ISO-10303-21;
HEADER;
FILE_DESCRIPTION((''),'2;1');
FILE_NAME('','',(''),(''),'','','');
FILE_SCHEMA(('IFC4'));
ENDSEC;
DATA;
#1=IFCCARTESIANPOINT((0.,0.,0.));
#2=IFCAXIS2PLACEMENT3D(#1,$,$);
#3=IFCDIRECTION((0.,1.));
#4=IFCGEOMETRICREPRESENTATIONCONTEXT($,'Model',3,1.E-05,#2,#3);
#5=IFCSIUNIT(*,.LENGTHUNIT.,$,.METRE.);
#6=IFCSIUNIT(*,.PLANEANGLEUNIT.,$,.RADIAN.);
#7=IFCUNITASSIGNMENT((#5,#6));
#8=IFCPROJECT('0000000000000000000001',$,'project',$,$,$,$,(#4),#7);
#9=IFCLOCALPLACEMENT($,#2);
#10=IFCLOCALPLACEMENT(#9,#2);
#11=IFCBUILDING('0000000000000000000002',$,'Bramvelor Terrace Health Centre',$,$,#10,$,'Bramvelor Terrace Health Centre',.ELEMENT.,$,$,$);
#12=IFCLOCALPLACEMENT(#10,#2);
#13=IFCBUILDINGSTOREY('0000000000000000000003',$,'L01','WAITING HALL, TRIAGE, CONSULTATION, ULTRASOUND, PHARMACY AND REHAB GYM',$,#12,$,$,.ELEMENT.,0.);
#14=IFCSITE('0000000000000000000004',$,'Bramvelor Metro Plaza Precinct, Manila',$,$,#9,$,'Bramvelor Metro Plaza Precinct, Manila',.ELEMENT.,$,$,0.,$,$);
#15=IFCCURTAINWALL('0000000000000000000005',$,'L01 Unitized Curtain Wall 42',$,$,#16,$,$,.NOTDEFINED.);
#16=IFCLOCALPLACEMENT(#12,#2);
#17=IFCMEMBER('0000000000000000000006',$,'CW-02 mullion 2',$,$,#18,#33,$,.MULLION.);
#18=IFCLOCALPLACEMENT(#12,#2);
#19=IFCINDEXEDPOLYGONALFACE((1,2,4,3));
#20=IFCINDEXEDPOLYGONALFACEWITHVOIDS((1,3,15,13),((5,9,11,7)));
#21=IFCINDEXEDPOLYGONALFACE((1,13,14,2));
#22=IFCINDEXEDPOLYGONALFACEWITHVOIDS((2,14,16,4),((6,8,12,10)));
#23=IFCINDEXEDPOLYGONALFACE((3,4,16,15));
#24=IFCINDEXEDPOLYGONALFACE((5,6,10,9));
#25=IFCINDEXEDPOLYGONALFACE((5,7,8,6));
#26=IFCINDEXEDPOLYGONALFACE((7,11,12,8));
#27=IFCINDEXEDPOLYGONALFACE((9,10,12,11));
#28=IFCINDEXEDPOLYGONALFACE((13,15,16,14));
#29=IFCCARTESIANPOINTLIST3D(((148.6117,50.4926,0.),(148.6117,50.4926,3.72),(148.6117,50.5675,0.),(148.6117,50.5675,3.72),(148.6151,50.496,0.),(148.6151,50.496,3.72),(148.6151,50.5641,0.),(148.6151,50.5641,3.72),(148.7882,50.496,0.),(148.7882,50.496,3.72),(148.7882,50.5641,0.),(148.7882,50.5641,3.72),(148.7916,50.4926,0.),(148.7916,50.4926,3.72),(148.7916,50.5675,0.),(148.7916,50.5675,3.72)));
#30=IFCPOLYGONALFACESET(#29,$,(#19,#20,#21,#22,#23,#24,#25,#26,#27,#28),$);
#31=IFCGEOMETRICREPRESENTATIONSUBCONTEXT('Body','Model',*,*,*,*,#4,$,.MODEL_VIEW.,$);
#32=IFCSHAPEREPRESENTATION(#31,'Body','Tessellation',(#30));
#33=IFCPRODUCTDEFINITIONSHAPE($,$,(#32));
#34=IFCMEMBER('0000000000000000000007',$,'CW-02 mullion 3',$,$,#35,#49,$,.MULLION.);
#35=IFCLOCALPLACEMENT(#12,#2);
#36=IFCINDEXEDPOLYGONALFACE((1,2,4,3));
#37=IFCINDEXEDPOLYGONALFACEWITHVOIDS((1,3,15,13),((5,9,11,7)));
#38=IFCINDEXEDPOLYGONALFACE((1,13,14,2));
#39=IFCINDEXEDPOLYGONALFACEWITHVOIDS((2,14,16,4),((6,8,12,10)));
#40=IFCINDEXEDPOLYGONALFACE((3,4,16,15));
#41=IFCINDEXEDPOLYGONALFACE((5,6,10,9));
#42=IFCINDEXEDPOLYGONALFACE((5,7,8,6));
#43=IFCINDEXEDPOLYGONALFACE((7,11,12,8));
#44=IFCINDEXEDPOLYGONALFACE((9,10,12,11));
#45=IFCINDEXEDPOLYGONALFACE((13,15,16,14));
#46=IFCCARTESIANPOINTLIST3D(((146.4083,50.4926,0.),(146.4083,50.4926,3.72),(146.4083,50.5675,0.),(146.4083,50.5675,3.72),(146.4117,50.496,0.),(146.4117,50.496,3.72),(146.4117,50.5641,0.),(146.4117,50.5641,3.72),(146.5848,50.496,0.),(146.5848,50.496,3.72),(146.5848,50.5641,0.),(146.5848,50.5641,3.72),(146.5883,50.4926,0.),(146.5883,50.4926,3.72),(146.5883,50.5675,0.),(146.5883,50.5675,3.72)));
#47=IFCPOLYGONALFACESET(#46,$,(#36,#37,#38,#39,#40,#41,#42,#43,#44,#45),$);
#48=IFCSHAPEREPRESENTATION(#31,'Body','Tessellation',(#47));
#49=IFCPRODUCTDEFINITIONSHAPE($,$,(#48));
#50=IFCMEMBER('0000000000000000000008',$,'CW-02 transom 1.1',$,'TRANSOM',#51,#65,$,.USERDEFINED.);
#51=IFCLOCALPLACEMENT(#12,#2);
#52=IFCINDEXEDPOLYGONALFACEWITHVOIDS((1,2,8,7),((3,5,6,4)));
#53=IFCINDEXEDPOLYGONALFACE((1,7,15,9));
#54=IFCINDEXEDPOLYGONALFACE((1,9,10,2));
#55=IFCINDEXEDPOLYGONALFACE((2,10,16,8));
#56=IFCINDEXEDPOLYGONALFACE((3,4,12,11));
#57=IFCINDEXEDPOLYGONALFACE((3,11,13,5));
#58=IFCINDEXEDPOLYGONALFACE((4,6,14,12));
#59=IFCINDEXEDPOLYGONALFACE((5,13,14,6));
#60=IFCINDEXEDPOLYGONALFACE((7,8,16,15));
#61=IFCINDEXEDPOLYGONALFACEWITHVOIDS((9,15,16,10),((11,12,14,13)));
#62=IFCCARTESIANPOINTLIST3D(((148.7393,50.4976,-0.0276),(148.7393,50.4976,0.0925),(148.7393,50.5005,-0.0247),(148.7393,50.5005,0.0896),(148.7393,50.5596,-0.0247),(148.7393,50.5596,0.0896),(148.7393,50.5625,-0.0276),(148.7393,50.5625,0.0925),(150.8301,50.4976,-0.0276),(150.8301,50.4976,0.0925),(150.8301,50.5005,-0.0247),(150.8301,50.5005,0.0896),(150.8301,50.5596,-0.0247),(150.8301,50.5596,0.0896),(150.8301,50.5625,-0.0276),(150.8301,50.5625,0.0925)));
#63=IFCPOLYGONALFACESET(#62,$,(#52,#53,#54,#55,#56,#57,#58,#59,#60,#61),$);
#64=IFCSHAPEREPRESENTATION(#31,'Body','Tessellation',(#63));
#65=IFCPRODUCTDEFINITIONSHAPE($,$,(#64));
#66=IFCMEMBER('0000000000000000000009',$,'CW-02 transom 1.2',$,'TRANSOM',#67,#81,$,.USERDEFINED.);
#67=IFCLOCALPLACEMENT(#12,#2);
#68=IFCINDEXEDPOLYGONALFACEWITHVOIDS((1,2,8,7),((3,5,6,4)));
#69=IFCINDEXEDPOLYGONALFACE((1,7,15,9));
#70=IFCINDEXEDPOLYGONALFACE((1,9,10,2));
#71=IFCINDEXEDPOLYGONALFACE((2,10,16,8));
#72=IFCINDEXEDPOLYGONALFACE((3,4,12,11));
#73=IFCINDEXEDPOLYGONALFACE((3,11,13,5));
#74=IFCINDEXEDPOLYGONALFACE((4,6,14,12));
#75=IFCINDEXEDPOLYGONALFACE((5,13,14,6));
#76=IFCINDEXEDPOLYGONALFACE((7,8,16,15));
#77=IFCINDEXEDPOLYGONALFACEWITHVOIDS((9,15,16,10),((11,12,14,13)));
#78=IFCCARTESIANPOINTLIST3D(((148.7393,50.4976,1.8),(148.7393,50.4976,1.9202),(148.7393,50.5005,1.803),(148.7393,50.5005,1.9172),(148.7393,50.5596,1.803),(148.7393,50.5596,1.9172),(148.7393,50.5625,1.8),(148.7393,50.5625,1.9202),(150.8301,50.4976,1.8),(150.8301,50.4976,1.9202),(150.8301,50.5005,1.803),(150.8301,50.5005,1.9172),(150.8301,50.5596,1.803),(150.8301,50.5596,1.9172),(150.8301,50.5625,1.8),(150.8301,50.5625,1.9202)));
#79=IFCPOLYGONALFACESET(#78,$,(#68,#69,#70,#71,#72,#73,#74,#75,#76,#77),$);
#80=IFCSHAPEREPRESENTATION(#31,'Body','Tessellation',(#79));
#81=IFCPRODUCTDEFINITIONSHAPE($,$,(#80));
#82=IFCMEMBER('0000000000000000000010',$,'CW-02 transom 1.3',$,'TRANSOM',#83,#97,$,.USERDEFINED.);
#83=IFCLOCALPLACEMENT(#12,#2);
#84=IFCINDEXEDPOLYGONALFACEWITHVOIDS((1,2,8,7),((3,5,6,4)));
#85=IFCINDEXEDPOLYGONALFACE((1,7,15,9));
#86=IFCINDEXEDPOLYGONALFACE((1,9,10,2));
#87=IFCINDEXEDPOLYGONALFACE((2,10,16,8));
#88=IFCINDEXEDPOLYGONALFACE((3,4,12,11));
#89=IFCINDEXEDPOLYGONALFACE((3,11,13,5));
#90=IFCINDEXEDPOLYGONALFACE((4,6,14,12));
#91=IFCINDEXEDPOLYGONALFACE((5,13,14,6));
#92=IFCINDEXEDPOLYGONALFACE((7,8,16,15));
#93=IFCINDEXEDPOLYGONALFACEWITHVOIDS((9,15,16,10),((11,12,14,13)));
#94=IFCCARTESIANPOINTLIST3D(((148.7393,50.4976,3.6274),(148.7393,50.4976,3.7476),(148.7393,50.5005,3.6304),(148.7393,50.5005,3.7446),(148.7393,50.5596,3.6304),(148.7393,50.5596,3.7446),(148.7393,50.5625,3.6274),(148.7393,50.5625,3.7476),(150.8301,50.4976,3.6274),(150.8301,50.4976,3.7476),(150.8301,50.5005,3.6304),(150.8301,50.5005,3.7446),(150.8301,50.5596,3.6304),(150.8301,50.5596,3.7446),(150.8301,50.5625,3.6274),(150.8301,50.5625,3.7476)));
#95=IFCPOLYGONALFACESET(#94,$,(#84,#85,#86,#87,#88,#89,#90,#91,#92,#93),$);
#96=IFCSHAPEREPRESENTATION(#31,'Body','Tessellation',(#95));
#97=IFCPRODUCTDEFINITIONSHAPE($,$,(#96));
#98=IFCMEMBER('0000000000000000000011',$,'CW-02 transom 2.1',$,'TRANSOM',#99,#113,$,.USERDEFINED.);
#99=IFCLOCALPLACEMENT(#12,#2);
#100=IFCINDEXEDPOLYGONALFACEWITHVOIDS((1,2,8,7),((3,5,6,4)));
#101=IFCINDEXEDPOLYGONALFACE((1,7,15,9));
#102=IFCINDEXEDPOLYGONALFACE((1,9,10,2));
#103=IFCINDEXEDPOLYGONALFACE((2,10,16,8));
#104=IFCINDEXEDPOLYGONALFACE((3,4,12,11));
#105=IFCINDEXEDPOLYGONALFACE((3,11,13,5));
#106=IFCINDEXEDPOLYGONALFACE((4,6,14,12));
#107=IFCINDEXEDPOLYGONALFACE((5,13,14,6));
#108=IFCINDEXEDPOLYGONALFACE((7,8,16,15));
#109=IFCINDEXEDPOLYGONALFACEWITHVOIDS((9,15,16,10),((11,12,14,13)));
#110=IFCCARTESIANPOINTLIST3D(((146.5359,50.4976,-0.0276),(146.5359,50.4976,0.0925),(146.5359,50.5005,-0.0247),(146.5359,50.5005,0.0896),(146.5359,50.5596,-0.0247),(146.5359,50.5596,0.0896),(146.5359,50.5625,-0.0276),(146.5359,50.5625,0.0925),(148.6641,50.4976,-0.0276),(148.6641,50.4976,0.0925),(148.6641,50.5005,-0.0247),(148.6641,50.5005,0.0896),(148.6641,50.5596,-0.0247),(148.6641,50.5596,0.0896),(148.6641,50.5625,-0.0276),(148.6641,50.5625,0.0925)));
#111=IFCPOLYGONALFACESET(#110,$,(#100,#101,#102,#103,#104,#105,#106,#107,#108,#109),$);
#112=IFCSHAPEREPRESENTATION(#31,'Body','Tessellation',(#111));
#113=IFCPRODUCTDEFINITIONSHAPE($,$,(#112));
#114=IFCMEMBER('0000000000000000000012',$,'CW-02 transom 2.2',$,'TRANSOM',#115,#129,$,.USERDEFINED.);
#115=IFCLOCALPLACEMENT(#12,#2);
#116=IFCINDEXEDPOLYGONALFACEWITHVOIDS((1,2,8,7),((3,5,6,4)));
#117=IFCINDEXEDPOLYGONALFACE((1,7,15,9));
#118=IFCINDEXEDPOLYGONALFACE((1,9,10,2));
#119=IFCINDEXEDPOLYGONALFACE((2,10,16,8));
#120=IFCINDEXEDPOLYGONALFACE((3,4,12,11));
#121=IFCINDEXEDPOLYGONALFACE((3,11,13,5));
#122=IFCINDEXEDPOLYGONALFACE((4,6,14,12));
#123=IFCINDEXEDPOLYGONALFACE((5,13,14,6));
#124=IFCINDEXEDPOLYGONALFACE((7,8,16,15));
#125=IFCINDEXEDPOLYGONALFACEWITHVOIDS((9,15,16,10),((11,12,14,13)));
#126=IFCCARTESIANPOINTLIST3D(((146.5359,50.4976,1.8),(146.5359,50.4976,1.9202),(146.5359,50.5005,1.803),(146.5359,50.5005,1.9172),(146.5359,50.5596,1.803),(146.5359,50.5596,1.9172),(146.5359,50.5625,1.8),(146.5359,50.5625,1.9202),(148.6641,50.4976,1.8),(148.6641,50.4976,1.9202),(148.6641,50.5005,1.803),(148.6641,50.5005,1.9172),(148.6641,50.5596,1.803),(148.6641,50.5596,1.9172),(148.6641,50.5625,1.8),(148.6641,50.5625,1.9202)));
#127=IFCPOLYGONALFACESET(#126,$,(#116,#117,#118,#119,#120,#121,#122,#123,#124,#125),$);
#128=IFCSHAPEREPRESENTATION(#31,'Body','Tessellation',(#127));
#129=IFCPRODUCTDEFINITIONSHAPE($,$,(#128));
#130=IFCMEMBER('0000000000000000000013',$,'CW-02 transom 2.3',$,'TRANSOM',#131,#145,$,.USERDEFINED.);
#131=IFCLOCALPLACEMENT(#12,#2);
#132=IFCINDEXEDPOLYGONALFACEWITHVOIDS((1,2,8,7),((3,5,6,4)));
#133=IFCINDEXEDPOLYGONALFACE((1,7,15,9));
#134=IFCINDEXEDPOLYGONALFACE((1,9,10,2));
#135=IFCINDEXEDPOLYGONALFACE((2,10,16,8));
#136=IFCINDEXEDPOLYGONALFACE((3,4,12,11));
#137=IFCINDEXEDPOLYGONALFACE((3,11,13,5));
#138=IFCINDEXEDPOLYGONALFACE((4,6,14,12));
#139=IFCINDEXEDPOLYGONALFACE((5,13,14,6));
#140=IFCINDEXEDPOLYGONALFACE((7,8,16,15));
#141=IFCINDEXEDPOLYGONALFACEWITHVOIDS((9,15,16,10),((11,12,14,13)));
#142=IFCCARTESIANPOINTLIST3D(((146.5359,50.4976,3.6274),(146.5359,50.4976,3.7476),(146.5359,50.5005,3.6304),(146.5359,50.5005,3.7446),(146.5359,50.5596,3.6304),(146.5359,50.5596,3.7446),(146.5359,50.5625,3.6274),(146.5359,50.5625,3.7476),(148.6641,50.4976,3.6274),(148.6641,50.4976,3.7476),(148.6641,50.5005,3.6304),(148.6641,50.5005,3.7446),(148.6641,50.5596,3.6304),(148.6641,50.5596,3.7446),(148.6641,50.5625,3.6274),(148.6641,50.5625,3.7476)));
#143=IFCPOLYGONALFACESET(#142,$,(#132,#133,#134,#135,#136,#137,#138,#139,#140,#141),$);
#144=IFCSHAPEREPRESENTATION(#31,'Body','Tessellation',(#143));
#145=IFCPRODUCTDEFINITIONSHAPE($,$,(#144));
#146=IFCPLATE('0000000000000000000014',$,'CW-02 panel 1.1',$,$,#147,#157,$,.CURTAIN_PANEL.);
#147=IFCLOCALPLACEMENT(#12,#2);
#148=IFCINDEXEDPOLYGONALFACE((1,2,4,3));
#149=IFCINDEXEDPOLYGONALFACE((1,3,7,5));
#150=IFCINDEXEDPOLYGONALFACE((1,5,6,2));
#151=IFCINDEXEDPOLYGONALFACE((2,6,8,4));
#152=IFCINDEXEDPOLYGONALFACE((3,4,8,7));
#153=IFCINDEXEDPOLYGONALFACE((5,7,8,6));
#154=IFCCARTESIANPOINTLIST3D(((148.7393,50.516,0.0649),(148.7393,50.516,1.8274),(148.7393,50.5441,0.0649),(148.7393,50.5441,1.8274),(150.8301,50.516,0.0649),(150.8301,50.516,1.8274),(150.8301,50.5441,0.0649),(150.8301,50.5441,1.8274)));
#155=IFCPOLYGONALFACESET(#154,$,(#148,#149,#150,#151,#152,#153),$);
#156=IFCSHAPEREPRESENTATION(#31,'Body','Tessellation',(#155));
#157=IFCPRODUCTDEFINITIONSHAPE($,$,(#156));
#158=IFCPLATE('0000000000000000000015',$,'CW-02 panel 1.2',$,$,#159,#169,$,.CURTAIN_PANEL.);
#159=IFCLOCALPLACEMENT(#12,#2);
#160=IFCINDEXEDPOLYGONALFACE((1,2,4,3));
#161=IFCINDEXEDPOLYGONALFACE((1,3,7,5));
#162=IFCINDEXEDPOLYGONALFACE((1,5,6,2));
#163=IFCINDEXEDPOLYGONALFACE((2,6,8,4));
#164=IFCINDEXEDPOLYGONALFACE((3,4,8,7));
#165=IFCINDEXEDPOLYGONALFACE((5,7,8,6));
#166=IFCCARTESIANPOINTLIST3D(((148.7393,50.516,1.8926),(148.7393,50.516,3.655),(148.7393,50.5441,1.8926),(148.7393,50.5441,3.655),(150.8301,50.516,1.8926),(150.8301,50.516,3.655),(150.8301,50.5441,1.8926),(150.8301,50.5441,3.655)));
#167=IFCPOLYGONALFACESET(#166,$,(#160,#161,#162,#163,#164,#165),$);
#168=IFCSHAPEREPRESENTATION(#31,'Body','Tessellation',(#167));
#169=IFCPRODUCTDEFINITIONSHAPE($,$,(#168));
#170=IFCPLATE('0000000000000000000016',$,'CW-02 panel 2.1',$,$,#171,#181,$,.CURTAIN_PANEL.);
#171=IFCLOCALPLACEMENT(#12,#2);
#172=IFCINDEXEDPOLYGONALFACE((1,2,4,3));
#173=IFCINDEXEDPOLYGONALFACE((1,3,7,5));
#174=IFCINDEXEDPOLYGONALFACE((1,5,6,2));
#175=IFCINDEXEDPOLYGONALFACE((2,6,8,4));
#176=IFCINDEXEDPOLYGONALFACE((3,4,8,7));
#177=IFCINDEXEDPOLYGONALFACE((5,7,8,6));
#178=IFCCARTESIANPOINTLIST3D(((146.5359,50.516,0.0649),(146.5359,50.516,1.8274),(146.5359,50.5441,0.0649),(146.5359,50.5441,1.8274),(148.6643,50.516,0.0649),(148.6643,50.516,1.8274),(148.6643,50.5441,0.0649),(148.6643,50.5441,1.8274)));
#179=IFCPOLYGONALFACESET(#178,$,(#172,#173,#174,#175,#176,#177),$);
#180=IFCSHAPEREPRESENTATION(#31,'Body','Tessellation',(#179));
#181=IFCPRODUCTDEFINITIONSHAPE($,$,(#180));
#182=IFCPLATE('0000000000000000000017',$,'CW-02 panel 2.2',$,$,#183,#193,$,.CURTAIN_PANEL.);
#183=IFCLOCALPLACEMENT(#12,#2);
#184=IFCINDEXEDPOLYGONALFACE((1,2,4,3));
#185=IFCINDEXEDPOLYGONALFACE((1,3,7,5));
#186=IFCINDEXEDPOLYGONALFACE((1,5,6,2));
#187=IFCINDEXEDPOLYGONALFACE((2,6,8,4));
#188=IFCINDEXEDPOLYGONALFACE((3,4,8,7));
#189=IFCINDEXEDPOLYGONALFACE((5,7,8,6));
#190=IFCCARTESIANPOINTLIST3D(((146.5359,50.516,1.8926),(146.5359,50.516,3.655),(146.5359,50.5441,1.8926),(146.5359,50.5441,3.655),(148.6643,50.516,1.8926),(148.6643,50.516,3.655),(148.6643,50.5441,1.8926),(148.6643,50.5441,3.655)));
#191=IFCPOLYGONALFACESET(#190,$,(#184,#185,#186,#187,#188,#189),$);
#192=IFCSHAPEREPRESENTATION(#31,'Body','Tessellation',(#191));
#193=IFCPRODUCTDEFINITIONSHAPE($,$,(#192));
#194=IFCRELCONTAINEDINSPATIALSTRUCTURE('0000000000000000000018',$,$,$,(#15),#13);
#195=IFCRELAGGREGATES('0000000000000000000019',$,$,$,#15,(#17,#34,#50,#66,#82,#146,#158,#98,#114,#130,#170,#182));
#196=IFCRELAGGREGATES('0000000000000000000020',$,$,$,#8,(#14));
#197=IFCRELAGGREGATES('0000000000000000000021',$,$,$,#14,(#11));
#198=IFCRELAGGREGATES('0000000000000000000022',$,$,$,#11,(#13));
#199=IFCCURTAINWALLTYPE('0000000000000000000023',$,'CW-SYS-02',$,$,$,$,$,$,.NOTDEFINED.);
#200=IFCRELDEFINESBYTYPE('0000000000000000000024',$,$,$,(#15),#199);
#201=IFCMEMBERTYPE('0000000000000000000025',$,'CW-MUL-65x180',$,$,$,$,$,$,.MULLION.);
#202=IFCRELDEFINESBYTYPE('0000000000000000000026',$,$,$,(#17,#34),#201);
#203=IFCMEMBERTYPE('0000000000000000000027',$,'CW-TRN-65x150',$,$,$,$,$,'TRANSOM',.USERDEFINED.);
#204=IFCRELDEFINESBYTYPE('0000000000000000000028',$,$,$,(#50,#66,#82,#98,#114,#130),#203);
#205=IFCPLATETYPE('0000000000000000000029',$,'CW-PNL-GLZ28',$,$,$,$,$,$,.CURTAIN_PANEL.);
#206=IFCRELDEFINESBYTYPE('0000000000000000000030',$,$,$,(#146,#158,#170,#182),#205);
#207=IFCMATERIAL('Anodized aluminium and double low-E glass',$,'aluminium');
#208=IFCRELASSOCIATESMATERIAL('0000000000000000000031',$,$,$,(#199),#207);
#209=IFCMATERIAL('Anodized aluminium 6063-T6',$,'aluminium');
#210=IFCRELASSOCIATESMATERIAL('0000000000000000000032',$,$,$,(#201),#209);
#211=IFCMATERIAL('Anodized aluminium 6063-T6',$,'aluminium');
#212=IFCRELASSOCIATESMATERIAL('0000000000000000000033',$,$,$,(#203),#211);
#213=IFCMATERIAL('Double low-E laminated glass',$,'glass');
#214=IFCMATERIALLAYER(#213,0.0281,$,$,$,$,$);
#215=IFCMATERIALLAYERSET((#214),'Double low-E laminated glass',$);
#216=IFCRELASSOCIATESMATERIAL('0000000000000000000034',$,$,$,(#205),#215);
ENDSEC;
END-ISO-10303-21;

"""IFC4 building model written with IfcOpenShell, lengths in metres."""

from ifc_helpers import new_model, si_unit, direction, frame, origin, origin_2d, place, context, subcontext, project, spatial, rectangle, hollow_rectangle, extrude, material, layer, layer_set, material_profile, profile_set, type_object, element, aggregate, save


model = new_model("IFC4")

# Units and contexts
model_context = context("Model", 3, precision=1e-05, world=origin(), true_north=direction((0.0, 1.0)))
body_context = subcontext(model_context, "Body", "Model", "MODEL_VIEW")
ifc_project = project(units=[si_unit("LENGTHUNIT", "METRE"), si_unit("PLANEANGLEUNIT", "RADIAN")], contexts=[model_context])

# Site, building, storey
site_placement = place(None, origin())
site = spatial("IfcSite", under=ifc_project, at=site_placement, Name="Bramvelor Metro Plaza Precinct, Manila", LongName="Bramvelor Metro Plaza Precinct, Manila", CompositionType="ELEMENT", RefElevation=0.0)
building_placement = place(site_placement, origin())
building = spatial("IfcBuilding", under=site, at=building_placement, Name="Bramvelor Terrace Health Centre", LongName="Bramvelor Terrace Health Centre", CompositionType="ELEMENT")
storey_placement = place(building_placement, origin())
storey = spatial("IfcBuildingStorey", under=building, at=storey_placement, Name="L01", Description="WAITING HALL, TRIAGE, CONSULTATION, ULTRASOUND, PHARMACY AND REHAB GYM", CompositionType="ELEMENT", Elevation=0.0)

# Curtain wall, members, plates
ifc_material_1 = material(Name="Anodized aluminium and double low-E glass", Category="aluminium")
curtain_wall_type = type_object("IfcCurtainWallType", Name="CW-SYS-02", PredefinedType="NOTDEFINED", material=ifc_material_1)
curtain_wall_placement = place(storey_placement, origin())
curtain_wall = element("IfcCurtainWall", 1, at=curtain_wall_placement, inside=storey, type_object=curtain_wall_type, Name="L01 Unitized Curtain Wall 42", PredefinedType="NOTDEFINED")
ifc_material_2 = material(Name="Anodized aluminium 6063-T6", Category="aluminium")
ifc_material_profile_1 = material_profile(ifc_material_2, hollow_rectangle(XDim=0.075, YDim=0.1799, WallThickness=0.0034, at=origin_2d()), Name="ALU-MUL 75x180x3.5")
ifc_profile_set_1 = profile_set([ifc_material_profile_1], Name="Anodized aluminium 6063-T6")
member_type_1 = type_object("IfcMemberType", Name="CW-MUL-65x180", PredefinedType="MULLION", material=ifc_profile_set_1)
member_1_placement = place(storey_placement, frame((148.7017, 50.53, 0.0), z_axis=(0.0, 0.0, 1.0), x_axis=(0.0, -1.0, 0.0)))
member_1 = element("IfcMember", 2, at=member_1_placement, type_object=member_type_1, Name="CW-02 mullion 2", PredefinedType="MULLION", context=body_context, shape_type="SweptSolid", body=[
    extrude(hollow_rectangle(XDim=0.075, YDim=0.1799, WallThickness=0.0034, at=origin_2d()), origin(), (0.0, 0.0, 1.0), 3.72),
])
member_2_placement = place(storey_placement, frame((146.4983, 50.53, 0.0), z_axis=(0.0, 0.0, 1.0), x_axis=(0.0, -1.0, 0.0)))
member_2 = element("IfcMember", 3, at=member_2_placement, type_object=member_type_1, Name="CW-02 mullion 3", PredefinedType="MULLION", context=body_context, shape_type="SweptSolid", body=[
    extrude(hollow_rectangle(XDim=0.075, YDim=0.1799, WallThickness=0.0034, at=origin_2d()), origin(), (0.0, 0.0, 1.0), 3.72),
])
ifc_material_3 = material(Name="Anodized aluminium 6063-T6", Category="aluminium")
ifc_material_profile_2 = material_profile(ifc_material_3, hollow_rectangle(XDim=0.0649, YDim=0.1201, WallThickness=0.0029, at=origin_2d()), Name="ALU-TRN 65x120x3.0")
ifc_profile_set_2 = profile_set([ifc_material_profile_2], Name="Anodized aluminium 6063-T6")
member_type_2 = type_object("IfcMemberType", Name="CW-TRN-65x150", ElementType="TRANSOM", PredefinedType="USERDEFINED", material=ifc_profile_set_2)
member_3_placement = place(storey_placement, frame((150.8301, 50.53, 0.0325), z_axis=(-1.0, 0.0, 0.0), x_axis=(0.0, -1.0, 0.0)))
member_3 = element("IfcMember", 4, at=member_3_placement, type_object=member_type_2, Name="CW-02 transom 1.1", ObjectType="TRANSOM", PredefinedType="USERDEFINED", context=body_context, shape_type="SweptSolid", body=[
    extrude(hollow_rectangle(XDim=0.0649, YDim=0.1201, WallThickness=0.0029, at=origin_2d()), origin(), (0.0, 0.0, 1.0), 2.0908),
])
member_4_placement = place(storey_placement, frame((150.8301, 50.53, 1.8601), z_axis=(-1.0, 0.0, 0.0), x_axis=(0.0, -1.0, 0.0)))
member_4 = element("IfcMember", 5, at=member_4_placement, type_object=member_type_2, Name="CW-02 transom 1.2", ObjectType="TRANSOM", PredefinedType="USERDEFINED", context=body_context, shape_type="SweptSolid", body=[
    extrude(hollow_rectangle(XDim=0.0649, YDim=0.1201, WallThickness=0.0029, at=origin_2d()), origin(), (0.0, 0.0, 1.0), 2.0908),
])
member_5_placement = place(storey_placement, frame((150.8301, 50.53, 3.6875), z_axis=(-1.0, 0.0, 0.0), x_axis=(0.0, -1.0, 0.0)))
member_5 = element("IfcMember", 6, at=member_5_placement, type_object=member_type_2, Name="CW-02 transom 1.3", ObjectType="TRANSOM", PredefinedType="USERDEFINED", context=body_context, shape_type="SweptSolid", body=[
    extrude(hollow_rectangle(XDim=0.0649, YDim=0.1201, WallThickness=0.0029, at=origin_2d()), origin(), (0.0, 0.0, 1.0), 2.0908),
])
member_6_placement = place(storey_placement, frame((148.6641, 50.53, 0.0325), z_axis=(-1.0, 0.0, 0.0), x_axis=(0.0, -1.0, 0.0)))
member_6 = element("IfcMember", 7, at=member_6_placement, type_object=member_type_2, Name="CW-02 transom 2.1", ObjectType="TRANSOM", PredefinedType="USERDEFINED", context=body_context, shape_type="SweptSolid", body=[
    extrude(hollow_rectangle(XDim=0.0649, YDim=0.1201, WallThickness=0.0029, at=origin_2d()), origin(), (0.0, 0.0, 1.0), 2.1282),
])
member_7_placement = place(storey_placement, frame((148.6641, 50.53, 1.8601), z_axis=(-1.0, 0.0, 0.0), x_axis=(0.0, -1.0, 0.0)))
member_7 = element("IfcMember", 8, at=member_7_placement, type_object=member_type_2, Name="CW-02 transom 2.2", ObjectType="TRANSOM", PredefinedType="USERDEFINED", context=body_context, shape_type="SweptSolid", body=[
    extrude(hollow_rectangle(XDim=0.0649, YDim=0.1201, WallThickness=0.0029, at=origin_2d()), origin(), (0.0, 0.0, 1.0), 2.1282),
])
member_8_placement = place(storey_placement, frame((148.6641, 50.53, 3.6875), z_axis=(-1.0, 0.0, 0.0), x_axis=(0.0, -1.0, 0.0)))
member_8 = element("IfcMember", 9, at=member_8_placement, type_object=member_type_2, Name="CW-02 transom 2.3", ObjectType="TRANSOM", PredefinedType="USERDEFINED", context=body_context, shape_type="SweptSolid", body=[
    extrude(hollow_rectangle(XDim=0.0649, YDim=0.1201, WallThickness=0.0029, at=origin_2d()), origin(), (0.0, 0.0, 1.0), 2.1282),
])
ifc_material_4 = material(Name="Double low-E laminated glass", Category="glass")
ifc_layer_1 = layer(ifc_material_4, 0.0281)
ifc_layer_set_1 = layer_set([ifc_layer_1], Name="Double low-E laminated glass")
plate_type = type_object("IfcPlateType", Name="CW-PNL-GLZ28", PredefinedType="CURTAIN_PANEL", material=ifc_layer_set_1)
plate_1_placement = place(storey_placement, frame((149.7847, 50.53, 0.0649), z_axis=(0.0, 0.0, 1.0), x_axis=(-1.0, 0.0, 0.0)))
plate_1 = element("IfcPlate", 10, at=plate_1_placement, type_object=plate_type, Name="CW-02 panel 1.1", PredefinedType="CURTAIN_PANEL", context=body_context, shape_type="SweptSolid", body=[
    extrude(rectangle(XDim=2.0908, YDim=0.0281, at=origin_2d()), origin(), (0.0, 0.0, 1.0), 1.7625),
])
plate_2_placement = place(storey_placement, frame((149.7847, 50.53, 1.8926), z_axis=(0.0, 0.0, 1.0), x_axis=(-1.0, 0.0, 0.0)))
plate_2 = element("IfcPlate", 11, at=plate_2_placement, type_object=plate_type, Name="CW-02 panel 1.2", PredefinedType="CURTAIN_PANEL", context=body_context, shape_type="SweptSolid", body=[
    extrude(rectangle(XDim=2.0908, YDim=0.0281, at=origin_2d()), origin(), (0.0, 0.0, 1.0), 1.7625),
])
plate_3_placement = place(storey_placement, frame((147.6001, 50.53, 0.0649), z_axis=(0.0, 0.0, 1.0), x_axis=(-1.0, 0.0, 0.0)))
plate_3 = element("IfcPlate", 12, at=plate_3_placement, type_object=plate_type, Name="CW-02 panel 2.1", PredefinedType="CURTAIN_PANEL", context=body_context, shape_type="SweptSolid", body=[
    extrude(rectangle(XDim=2.1284, YDim=0.0281, at=origin_2d()), origin(), (0.0, 0.0, 1.0), 1.7625),
])
plate_4_placement = place(storey_placement, frame((147.6001, 50.53, 1.8926), z_axis=(0.0, 0.0, 1.0), x_axis=(-1.0, 0.0, 0.0)))
plate_4 = element("IfcPlate", 13, at=plate_4_placement, type_object=plate_type, Name="CW-02 panel 2.2", PredefinedType="CURTAIN_PANEL", context=body_context, shape_type="SweptSolid", body=[
    extrude(rectangle(XDim=2.1284, YDim=0.0281, at=origin_2d()), origin(), (0.0, 0.0, 1.0), 1.7625),
])
aggregate(curtain_wall, [member_1, member_2, member_3, member_4, member_5, plate_1, plate_2, member_6, member_7, member_8, plate_3, plate_4])

save(model, "model.ifc")
